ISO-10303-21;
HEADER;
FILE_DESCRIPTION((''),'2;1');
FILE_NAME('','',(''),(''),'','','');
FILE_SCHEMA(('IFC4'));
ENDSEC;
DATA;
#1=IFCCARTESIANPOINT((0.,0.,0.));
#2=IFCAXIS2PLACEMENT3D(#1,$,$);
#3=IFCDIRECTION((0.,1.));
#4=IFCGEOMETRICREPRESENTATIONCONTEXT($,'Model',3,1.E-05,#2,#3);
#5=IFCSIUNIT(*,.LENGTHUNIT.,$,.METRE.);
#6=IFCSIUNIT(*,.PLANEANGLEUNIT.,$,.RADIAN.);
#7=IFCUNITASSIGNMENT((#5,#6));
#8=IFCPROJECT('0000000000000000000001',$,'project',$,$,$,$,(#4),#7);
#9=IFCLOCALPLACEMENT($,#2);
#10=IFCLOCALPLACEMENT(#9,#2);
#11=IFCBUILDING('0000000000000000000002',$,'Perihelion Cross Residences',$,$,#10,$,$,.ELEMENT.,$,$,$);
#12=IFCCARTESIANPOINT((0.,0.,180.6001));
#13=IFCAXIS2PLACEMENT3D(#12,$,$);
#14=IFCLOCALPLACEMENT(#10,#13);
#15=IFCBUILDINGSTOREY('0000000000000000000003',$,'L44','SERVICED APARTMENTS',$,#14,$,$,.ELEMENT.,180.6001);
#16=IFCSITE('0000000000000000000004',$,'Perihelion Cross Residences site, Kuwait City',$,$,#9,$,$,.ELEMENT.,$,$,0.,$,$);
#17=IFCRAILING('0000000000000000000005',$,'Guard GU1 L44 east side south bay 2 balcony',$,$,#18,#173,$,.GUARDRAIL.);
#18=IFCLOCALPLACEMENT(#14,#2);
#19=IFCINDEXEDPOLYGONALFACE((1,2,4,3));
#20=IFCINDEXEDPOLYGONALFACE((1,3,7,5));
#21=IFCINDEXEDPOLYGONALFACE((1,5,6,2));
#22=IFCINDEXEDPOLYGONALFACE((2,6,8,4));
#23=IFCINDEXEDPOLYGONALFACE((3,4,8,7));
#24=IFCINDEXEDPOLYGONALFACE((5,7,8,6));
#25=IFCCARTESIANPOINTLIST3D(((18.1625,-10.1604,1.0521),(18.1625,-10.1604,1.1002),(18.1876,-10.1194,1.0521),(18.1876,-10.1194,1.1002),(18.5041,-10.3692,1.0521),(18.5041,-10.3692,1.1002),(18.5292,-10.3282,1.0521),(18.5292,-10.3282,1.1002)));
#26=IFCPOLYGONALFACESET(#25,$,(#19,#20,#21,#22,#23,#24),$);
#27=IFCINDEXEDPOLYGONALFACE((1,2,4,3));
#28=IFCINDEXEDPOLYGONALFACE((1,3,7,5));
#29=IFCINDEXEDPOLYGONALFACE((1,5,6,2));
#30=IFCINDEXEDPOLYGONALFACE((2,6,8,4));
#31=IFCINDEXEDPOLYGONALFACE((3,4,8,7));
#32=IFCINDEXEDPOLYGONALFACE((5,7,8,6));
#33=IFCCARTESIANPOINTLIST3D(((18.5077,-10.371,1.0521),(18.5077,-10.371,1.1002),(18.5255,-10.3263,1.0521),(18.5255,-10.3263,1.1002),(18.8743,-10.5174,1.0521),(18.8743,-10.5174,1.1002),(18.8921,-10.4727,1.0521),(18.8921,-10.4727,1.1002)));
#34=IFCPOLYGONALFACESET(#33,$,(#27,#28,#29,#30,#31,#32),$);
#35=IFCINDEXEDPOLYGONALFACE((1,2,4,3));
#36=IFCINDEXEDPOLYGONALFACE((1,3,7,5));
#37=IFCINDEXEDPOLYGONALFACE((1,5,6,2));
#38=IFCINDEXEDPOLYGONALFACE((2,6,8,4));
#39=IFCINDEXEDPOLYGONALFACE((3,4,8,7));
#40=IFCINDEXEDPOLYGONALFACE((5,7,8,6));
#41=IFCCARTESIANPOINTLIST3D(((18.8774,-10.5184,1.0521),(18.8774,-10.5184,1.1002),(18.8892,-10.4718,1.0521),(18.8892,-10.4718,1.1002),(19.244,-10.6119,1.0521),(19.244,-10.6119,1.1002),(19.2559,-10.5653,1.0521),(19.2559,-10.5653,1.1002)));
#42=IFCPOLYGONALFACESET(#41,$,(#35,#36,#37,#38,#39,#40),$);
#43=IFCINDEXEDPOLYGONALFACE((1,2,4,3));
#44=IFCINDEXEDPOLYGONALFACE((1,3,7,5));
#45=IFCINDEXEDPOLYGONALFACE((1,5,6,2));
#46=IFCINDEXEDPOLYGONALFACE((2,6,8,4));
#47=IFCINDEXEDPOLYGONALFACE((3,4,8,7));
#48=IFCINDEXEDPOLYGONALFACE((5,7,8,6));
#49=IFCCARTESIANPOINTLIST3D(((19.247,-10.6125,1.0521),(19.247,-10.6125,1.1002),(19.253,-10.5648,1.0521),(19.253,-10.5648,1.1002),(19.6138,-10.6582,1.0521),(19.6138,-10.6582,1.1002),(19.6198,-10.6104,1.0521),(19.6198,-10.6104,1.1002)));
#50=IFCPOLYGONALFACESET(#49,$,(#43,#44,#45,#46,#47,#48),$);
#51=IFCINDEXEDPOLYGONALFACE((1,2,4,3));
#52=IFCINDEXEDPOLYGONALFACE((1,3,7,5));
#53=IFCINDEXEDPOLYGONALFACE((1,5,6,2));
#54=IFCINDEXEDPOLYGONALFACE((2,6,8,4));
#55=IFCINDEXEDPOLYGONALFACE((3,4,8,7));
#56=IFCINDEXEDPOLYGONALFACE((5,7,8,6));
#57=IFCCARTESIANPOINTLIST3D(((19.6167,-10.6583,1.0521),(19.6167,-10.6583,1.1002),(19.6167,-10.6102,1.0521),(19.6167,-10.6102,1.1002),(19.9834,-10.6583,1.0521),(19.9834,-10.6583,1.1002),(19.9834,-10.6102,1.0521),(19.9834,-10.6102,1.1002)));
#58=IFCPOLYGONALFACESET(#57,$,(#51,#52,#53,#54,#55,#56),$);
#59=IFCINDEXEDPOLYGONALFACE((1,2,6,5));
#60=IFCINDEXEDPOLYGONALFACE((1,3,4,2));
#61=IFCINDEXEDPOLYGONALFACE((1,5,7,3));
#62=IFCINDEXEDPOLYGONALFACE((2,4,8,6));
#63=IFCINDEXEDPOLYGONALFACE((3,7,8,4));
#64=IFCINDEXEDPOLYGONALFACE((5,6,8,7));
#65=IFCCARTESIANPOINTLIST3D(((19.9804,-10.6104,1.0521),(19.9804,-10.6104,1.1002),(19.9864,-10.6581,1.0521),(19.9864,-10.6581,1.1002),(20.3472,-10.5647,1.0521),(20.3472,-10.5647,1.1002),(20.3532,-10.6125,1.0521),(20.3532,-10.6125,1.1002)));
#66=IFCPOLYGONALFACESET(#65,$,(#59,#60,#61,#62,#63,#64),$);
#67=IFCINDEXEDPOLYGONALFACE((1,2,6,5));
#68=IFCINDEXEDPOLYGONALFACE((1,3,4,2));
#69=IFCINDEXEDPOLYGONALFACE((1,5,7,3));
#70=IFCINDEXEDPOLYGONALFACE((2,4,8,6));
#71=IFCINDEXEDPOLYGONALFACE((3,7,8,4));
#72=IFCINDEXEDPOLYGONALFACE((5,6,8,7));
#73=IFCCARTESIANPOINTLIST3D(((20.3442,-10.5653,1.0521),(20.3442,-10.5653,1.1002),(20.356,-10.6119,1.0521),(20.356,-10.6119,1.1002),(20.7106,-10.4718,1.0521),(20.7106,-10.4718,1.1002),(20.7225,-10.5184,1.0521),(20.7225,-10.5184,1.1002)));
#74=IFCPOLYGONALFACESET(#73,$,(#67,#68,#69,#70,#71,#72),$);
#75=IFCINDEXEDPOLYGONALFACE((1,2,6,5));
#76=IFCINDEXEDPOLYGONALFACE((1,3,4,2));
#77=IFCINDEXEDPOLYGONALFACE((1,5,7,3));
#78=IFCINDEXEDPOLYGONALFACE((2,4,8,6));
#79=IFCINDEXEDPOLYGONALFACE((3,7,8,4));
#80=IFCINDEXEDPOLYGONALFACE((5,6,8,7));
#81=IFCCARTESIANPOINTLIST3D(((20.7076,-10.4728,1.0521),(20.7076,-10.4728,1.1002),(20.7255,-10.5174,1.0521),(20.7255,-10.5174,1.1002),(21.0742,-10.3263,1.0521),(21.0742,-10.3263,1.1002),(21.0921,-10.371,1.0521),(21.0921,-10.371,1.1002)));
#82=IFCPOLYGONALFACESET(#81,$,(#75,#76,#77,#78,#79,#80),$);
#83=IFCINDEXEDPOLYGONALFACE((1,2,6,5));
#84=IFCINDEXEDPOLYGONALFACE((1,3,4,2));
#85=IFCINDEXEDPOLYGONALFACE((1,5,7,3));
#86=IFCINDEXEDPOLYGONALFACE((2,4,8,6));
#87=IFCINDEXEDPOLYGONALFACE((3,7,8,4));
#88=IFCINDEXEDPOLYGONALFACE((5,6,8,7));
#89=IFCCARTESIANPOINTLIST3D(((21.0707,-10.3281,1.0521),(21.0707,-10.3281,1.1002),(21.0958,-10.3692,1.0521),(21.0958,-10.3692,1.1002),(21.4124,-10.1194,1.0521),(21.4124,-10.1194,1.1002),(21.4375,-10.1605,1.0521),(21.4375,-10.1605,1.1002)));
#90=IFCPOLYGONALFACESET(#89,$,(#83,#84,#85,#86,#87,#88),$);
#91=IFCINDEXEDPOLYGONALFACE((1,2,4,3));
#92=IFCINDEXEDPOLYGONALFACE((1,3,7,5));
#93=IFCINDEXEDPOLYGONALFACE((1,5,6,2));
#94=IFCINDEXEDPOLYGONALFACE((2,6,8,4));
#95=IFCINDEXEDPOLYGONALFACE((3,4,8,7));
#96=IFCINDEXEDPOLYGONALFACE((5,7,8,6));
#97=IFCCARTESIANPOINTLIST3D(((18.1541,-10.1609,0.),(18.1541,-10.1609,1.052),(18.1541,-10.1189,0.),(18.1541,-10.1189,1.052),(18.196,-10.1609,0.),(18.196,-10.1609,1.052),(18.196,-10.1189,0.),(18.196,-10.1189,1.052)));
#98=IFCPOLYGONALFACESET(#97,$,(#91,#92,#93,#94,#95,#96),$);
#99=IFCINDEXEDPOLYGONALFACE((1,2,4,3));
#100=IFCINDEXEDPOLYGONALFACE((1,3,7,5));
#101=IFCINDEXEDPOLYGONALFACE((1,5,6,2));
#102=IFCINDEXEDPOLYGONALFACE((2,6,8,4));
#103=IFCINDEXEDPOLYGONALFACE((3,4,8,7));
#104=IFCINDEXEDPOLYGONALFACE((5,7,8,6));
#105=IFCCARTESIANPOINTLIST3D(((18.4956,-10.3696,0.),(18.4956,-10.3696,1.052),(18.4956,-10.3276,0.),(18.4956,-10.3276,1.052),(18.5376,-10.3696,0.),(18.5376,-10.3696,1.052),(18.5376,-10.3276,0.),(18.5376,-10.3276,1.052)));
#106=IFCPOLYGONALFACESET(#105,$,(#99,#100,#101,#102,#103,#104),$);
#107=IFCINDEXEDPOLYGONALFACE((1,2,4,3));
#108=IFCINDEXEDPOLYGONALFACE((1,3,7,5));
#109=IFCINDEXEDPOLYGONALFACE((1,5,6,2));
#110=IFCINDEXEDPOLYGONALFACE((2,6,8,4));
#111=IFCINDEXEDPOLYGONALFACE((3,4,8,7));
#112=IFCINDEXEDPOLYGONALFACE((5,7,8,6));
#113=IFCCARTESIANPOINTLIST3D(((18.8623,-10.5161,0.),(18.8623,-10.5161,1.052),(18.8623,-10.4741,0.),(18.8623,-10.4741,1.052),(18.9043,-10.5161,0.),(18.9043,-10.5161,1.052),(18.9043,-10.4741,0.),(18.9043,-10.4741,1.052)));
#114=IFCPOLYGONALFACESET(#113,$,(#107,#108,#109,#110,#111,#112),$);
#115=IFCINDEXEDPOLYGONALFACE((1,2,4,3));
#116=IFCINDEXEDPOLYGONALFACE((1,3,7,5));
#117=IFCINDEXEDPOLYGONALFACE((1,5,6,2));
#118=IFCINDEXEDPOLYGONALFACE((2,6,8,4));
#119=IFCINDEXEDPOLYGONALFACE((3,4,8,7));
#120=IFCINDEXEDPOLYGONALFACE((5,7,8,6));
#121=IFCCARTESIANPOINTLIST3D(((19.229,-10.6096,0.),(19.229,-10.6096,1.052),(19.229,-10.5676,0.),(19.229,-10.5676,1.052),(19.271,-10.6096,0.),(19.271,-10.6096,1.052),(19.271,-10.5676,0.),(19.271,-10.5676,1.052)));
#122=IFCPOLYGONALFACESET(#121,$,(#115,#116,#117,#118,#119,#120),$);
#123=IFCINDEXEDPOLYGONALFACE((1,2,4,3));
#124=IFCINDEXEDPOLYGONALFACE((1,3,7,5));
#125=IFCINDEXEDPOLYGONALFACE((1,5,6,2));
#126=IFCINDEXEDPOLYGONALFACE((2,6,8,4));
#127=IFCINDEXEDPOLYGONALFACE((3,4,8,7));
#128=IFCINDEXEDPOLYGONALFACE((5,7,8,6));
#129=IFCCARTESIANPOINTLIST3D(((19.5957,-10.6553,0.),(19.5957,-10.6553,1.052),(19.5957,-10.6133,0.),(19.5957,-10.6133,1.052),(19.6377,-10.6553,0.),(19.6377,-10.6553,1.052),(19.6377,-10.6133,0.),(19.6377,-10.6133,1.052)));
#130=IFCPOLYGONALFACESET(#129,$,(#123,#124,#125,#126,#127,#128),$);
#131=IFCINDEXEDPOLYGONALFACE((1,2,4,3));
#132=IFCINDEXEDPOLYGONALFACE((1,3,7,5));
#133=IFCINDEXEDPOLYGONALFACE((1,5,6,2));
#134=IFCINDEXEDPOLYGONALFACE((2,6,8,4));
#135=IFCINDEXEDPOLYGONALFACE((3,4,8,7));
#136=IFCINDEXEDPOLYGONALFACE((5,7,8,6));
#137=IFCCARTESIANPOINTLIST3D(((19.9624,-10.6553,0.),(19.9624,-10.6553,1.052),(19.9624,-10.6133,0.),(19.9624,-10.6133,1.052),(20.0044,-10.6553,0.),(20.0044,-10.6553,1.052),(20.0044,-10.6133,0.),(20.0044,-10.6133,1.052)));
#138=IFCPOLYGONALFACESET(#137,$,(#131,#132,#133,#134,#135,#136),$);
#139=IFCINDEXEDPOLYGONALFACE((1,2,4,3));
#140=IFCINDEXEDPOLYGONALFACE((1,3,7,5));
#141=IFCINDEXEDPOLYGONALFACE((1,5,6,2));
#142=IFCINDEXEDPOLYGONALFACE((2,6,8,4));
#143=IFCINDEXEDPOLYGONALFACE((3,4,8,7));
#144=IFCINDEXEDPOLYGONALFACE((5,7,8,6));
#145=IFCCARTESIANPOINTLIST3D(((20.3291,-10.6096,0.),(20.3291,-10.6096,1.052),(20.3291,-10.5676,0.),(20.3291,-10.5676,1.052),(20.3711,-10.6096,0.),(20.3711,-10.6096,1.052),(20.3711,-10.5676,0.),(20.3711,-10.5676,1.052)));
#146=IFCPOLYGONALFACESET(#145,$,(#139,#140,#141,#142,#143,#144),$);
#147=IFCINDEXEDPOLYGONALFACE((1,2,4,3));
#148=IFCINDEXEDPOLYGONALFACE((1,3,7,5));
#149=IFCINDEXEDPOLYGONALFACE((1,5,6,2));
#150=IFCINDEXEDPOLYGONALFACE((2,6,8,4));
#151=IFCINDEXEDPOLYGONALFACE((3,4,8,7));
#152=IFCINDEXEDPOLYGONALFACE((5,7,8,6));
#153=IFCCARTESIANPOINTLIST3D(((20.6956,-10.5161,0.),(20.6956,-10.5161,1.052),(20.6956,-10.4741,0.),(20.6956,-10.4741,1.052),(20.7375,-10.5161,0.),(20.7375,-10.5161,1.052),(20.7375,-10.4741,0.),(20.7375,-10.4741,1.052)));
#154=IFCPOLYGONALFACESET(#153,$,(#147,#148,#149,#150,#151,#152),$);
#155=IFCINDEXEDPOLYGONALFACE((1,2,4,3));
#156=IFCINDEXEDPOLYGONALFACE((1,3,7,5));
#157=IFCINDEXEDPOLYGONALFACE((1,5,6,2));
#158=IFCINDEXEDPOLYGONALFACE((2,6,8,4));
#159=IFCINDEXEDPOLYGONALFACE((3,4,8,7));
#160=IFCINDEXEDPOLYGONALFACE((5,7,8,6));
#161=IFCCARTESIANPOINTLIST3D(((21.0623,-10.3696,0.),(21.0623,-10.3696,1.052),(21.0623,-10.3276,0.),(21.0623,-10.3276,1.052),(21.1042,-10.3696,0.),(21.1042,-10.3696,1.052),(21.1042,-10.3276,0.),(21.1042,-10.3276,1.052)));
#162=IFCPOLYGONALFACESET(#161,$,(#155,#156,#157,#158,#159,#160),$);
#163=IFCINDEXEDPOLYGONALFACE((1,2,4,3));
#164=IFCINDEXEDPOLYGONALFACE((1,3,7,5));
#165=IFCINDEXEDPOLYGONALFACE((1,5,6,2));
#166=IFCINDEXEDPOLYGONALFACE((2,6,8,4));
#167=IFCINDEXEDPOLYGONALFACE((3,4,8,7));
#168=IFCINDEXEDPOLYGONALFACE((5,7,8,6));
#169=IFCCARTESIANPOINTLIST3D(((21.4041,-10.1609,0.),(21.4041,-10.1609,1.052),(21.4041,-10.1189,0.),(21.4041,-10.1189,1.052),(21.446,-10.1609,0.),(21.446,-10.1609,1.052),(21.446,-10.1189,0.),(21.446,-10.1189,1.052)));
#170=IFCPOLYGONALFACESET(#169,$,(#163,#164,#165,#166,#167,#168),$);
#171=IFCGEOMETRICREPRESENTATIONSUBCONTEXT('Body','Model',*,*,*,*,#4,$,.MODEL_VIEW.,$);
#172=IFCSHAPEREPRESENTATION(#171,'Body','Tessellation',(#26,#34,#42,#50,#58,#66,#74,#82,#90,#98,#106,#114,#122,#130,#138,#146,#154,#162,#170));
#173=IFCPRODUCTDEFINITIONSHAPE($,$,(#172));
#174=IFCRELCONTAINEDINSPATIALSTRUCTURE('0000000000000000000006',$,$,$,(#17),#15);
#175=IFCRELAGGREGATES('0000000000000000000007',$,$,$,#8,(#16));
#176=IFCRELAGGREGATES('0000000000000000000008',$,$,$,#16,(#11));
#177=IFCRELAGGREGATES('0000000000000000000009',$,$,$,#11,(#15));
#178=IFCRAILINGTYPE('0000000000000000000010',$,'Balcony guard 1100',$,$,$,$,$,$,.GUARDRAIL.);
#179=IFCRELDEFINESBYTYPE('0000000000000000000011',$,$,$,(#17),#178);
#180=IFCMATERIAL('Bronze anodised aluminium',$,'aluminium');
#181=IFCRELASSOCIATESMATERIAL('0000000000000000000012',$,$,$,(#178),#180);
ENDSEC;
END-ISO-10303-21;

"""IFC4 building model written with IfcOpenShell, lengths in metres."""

from ifc_helpers import new_model, si_unit, direction, frame, origin, origin_2d, place, context, subcontext, project, spatial, rectangle, extrude, material, type_object, element, save


model = new_model("IFC4")

# Units and contexts
model_context = context("Model", 3, precision=1e-05, world=origin(), true_north=direction((0.0, 1.0)))
body_context = subcontext(model_context, "Body", "Model", "MODEL_VIEW")
ifc_project = project(units=[si_unit("LENGTHUNIT", "METRE"), si_unit("PLANEANGLEUNIT", "RADIAN")], contexts=[model_context])

# Site, building, storey
site_placement = place(None, origin())
site = spatial("IfcSite", under=ifc_project, at=site_placement, Name="Perihelion Cross Residences site, Kuwait City", CompositionType="ELEMENT", RefElevation=0.0)
building_placement = place(site_placement, origin())
building = spatial("IfcBuilding", under=site, at=building_placement, Name="Perihelion Cross Residences", CompositionType="ELEMENT")
storey_placement = place(building_placement, frame((0.0, 0.0, 180.6001)))
storey = spatial("IfcBuildingStorey", under=building, at=storey_placement, Name="L44", Description="SERVICED APARTMENTS", CompositionType="ELEMENT", Elevation=180.6001)

# Railing
ifc_material_1 = material(Name="Bronze anodised aluminium", Category="aluminium")
railing_type = type_object("IfcRailingType", Name="Balcony guard 1100", PredefinedType="GUARDRAIL", material=ifc_material_1)
railing_1_placement = place(storey_placement, frame((18.175, -10.1399, 0.0)))
element("IfcRailing", 1, at=railing_1_placement, inside=storey, type_object=railing_type, Name="Guard GU1 L44 east side south bay 2 balcony", PredefinedType="GUARDRAIL", context=body_context, shape_type="SweptSolid", body=[
    extrude(rectangle(XDim=0.0481, YDim=0.0481, at=origin_2d()), frame((0.0, 0.0, 1.0762), z_axis=(0.853267, -0.521475, 0.0), x_axis=(0.521475, 0.853267, 0.0)), (0.0, 0.0, 1.0), 0.4004),
    extrude(rectangle(XDim=0.0481, YDim=0.0481, at=origin_2d()), frame((0.3416, -0.2087, 1.0762), z_axis=(0.928647, -0.370964, 0.0), x_axis=(0.370964, 0.928647, 0.0)), (0.0, 0.0, 1.0), 0.3948),
    extrude(rectangle(XDim=0.0481, YDim=0.0481, at=origin_2d()), frame((0.7083, -0.3552, 1.0762), z_axis=(0.968993, -0.247087, 0.0), x_axis=(0.247087, 0.968993, 0.0)), (0.0, 0.0, 1.0), 0.3784),
    extrude(rectangle(XDim=0.0481, YDim=0.0481, at=origin_2d()), frame((1.075, -0.4487, 1.0762), z_axis=(0.992339, -0.123547, 0.0), x_axis=(0.123547, 0.992339, 0.0)), (0.0, 0.0, 1.0), 0.3696),
    extrude(rectangle(XDim=0.0481, YDim=0.0481, at=origin_2d()), frame((1.4417, -0.4944, 1.0762), z_axis=(1.0, 0.0, 0.0), x_axis=(0.0, 1.0, 0.0)), (0.0, 0.0, 1.0), 0.3667),
    extrude(rectangle(XDim=0.0481, YDim=0.0481, at=origin_2d()), frame((1.8083, -0.4944, 1.0762), z_axis=(0.992339, 0.123547, 0.0), x_axis=(-0.123547, 0.992339, 0.0)), (0.0, 0.0, 1.0), 0.3696),
    extrude(rectangle(XDim=0.0481, YDim=0.0481, at=origin_2d()), frame((2.175, -0.4487, 1.0762), z_axis=(0.968954, 0.247241, 0.0), x_axis=(-0.247241, 0.968954, 0.0)), (0.0, 0.0, 1.0), 0.3782),
    extrude(rectangle(XDim=0.0481, YDim=0.0481, at=origin_2d()), frame((2.5415, -0.3552, 1.0762), z_axis=(0.928647, 0.370964, 0.0), x_axis=(-0.370964, 0.928647, 0.0)), (0.0, 0.0, 1.0), 0.3948),
    extrude(rectangle(XDim=0.0481, YDim=0.0481, at=origin_2d()), frame((2.9082, -0.2087, 1.0762), z_axis=(0.853432, 0.521203, 0.0), x_axis=(-0.521203, 0.853432, 0.0)), (0.0, 0.0, 1.0), 0.4004),
    extrude(rectangle(XDim=0.042, YDim=0.042, at=origin_2d()), origin(), (0.0, 0.0, 1.0), 1.052),
    extrude(rectangle(XDim=0.042, YDim=0.042, at=origin_2d()), frame((0.3416, -0.2087, 0.0)), (0.0, 0.0, 1.0), 1.052),
    extrude(rectangle(XDim=0.042, YDim=0.042, at=origin_2d()), frame((0.7083, -0.3552, 0.0)), (0.0, 0.0, 1.0), 1.052),
    extrude(rectangle(XDim=0.042, YDim=0.042, at=origin_2d()), frame((1.075, -0.4487, 0.0)), (0.0, 0.0, 1.0), 1.052),
    extrude(rectangle(XDim=0.042, YDim=0.042, at=origin_2d()), frame((1.4417, -0.4944, 0.0)), (0.0, 0.0, 1.0), 1.052),
    extrude(rectangle(XDim=0.042, YDim=0.042, at=origin_2d()), frame((1.8083, -0.4944, 0.0)), (0.0, 0.0, 1.0), 1.052),
    extrude(rectangle(XDim=0.042, YDim=0.042, at=origin_2d()), frame((2.175, -0.4487, 0.0)), (0.0, 0.0, 1.0), 1.052),
    extrude(rectangle(XDim=0.042, YDim=0.042, at=origin_2d()), frame((2.5415, -0.3552, 0.0)), (0.0, 0.0, 1.0), 1.052),
    extrude(rectangle(XDim=0.042, YDim=0.042, at=origin_2d()), frame((2.9082, -0.2087, 0.0)), (0.0, 0.0, 1.0), 1.052),
    extrude(rectangle(XDim=0.042, YDim=0.042, at=origin_2d()), frame((3.25, 0.0, 0.0)), (0.0, 0.0, 1.0), 1.052),
])

save(model, "model.ifc")
